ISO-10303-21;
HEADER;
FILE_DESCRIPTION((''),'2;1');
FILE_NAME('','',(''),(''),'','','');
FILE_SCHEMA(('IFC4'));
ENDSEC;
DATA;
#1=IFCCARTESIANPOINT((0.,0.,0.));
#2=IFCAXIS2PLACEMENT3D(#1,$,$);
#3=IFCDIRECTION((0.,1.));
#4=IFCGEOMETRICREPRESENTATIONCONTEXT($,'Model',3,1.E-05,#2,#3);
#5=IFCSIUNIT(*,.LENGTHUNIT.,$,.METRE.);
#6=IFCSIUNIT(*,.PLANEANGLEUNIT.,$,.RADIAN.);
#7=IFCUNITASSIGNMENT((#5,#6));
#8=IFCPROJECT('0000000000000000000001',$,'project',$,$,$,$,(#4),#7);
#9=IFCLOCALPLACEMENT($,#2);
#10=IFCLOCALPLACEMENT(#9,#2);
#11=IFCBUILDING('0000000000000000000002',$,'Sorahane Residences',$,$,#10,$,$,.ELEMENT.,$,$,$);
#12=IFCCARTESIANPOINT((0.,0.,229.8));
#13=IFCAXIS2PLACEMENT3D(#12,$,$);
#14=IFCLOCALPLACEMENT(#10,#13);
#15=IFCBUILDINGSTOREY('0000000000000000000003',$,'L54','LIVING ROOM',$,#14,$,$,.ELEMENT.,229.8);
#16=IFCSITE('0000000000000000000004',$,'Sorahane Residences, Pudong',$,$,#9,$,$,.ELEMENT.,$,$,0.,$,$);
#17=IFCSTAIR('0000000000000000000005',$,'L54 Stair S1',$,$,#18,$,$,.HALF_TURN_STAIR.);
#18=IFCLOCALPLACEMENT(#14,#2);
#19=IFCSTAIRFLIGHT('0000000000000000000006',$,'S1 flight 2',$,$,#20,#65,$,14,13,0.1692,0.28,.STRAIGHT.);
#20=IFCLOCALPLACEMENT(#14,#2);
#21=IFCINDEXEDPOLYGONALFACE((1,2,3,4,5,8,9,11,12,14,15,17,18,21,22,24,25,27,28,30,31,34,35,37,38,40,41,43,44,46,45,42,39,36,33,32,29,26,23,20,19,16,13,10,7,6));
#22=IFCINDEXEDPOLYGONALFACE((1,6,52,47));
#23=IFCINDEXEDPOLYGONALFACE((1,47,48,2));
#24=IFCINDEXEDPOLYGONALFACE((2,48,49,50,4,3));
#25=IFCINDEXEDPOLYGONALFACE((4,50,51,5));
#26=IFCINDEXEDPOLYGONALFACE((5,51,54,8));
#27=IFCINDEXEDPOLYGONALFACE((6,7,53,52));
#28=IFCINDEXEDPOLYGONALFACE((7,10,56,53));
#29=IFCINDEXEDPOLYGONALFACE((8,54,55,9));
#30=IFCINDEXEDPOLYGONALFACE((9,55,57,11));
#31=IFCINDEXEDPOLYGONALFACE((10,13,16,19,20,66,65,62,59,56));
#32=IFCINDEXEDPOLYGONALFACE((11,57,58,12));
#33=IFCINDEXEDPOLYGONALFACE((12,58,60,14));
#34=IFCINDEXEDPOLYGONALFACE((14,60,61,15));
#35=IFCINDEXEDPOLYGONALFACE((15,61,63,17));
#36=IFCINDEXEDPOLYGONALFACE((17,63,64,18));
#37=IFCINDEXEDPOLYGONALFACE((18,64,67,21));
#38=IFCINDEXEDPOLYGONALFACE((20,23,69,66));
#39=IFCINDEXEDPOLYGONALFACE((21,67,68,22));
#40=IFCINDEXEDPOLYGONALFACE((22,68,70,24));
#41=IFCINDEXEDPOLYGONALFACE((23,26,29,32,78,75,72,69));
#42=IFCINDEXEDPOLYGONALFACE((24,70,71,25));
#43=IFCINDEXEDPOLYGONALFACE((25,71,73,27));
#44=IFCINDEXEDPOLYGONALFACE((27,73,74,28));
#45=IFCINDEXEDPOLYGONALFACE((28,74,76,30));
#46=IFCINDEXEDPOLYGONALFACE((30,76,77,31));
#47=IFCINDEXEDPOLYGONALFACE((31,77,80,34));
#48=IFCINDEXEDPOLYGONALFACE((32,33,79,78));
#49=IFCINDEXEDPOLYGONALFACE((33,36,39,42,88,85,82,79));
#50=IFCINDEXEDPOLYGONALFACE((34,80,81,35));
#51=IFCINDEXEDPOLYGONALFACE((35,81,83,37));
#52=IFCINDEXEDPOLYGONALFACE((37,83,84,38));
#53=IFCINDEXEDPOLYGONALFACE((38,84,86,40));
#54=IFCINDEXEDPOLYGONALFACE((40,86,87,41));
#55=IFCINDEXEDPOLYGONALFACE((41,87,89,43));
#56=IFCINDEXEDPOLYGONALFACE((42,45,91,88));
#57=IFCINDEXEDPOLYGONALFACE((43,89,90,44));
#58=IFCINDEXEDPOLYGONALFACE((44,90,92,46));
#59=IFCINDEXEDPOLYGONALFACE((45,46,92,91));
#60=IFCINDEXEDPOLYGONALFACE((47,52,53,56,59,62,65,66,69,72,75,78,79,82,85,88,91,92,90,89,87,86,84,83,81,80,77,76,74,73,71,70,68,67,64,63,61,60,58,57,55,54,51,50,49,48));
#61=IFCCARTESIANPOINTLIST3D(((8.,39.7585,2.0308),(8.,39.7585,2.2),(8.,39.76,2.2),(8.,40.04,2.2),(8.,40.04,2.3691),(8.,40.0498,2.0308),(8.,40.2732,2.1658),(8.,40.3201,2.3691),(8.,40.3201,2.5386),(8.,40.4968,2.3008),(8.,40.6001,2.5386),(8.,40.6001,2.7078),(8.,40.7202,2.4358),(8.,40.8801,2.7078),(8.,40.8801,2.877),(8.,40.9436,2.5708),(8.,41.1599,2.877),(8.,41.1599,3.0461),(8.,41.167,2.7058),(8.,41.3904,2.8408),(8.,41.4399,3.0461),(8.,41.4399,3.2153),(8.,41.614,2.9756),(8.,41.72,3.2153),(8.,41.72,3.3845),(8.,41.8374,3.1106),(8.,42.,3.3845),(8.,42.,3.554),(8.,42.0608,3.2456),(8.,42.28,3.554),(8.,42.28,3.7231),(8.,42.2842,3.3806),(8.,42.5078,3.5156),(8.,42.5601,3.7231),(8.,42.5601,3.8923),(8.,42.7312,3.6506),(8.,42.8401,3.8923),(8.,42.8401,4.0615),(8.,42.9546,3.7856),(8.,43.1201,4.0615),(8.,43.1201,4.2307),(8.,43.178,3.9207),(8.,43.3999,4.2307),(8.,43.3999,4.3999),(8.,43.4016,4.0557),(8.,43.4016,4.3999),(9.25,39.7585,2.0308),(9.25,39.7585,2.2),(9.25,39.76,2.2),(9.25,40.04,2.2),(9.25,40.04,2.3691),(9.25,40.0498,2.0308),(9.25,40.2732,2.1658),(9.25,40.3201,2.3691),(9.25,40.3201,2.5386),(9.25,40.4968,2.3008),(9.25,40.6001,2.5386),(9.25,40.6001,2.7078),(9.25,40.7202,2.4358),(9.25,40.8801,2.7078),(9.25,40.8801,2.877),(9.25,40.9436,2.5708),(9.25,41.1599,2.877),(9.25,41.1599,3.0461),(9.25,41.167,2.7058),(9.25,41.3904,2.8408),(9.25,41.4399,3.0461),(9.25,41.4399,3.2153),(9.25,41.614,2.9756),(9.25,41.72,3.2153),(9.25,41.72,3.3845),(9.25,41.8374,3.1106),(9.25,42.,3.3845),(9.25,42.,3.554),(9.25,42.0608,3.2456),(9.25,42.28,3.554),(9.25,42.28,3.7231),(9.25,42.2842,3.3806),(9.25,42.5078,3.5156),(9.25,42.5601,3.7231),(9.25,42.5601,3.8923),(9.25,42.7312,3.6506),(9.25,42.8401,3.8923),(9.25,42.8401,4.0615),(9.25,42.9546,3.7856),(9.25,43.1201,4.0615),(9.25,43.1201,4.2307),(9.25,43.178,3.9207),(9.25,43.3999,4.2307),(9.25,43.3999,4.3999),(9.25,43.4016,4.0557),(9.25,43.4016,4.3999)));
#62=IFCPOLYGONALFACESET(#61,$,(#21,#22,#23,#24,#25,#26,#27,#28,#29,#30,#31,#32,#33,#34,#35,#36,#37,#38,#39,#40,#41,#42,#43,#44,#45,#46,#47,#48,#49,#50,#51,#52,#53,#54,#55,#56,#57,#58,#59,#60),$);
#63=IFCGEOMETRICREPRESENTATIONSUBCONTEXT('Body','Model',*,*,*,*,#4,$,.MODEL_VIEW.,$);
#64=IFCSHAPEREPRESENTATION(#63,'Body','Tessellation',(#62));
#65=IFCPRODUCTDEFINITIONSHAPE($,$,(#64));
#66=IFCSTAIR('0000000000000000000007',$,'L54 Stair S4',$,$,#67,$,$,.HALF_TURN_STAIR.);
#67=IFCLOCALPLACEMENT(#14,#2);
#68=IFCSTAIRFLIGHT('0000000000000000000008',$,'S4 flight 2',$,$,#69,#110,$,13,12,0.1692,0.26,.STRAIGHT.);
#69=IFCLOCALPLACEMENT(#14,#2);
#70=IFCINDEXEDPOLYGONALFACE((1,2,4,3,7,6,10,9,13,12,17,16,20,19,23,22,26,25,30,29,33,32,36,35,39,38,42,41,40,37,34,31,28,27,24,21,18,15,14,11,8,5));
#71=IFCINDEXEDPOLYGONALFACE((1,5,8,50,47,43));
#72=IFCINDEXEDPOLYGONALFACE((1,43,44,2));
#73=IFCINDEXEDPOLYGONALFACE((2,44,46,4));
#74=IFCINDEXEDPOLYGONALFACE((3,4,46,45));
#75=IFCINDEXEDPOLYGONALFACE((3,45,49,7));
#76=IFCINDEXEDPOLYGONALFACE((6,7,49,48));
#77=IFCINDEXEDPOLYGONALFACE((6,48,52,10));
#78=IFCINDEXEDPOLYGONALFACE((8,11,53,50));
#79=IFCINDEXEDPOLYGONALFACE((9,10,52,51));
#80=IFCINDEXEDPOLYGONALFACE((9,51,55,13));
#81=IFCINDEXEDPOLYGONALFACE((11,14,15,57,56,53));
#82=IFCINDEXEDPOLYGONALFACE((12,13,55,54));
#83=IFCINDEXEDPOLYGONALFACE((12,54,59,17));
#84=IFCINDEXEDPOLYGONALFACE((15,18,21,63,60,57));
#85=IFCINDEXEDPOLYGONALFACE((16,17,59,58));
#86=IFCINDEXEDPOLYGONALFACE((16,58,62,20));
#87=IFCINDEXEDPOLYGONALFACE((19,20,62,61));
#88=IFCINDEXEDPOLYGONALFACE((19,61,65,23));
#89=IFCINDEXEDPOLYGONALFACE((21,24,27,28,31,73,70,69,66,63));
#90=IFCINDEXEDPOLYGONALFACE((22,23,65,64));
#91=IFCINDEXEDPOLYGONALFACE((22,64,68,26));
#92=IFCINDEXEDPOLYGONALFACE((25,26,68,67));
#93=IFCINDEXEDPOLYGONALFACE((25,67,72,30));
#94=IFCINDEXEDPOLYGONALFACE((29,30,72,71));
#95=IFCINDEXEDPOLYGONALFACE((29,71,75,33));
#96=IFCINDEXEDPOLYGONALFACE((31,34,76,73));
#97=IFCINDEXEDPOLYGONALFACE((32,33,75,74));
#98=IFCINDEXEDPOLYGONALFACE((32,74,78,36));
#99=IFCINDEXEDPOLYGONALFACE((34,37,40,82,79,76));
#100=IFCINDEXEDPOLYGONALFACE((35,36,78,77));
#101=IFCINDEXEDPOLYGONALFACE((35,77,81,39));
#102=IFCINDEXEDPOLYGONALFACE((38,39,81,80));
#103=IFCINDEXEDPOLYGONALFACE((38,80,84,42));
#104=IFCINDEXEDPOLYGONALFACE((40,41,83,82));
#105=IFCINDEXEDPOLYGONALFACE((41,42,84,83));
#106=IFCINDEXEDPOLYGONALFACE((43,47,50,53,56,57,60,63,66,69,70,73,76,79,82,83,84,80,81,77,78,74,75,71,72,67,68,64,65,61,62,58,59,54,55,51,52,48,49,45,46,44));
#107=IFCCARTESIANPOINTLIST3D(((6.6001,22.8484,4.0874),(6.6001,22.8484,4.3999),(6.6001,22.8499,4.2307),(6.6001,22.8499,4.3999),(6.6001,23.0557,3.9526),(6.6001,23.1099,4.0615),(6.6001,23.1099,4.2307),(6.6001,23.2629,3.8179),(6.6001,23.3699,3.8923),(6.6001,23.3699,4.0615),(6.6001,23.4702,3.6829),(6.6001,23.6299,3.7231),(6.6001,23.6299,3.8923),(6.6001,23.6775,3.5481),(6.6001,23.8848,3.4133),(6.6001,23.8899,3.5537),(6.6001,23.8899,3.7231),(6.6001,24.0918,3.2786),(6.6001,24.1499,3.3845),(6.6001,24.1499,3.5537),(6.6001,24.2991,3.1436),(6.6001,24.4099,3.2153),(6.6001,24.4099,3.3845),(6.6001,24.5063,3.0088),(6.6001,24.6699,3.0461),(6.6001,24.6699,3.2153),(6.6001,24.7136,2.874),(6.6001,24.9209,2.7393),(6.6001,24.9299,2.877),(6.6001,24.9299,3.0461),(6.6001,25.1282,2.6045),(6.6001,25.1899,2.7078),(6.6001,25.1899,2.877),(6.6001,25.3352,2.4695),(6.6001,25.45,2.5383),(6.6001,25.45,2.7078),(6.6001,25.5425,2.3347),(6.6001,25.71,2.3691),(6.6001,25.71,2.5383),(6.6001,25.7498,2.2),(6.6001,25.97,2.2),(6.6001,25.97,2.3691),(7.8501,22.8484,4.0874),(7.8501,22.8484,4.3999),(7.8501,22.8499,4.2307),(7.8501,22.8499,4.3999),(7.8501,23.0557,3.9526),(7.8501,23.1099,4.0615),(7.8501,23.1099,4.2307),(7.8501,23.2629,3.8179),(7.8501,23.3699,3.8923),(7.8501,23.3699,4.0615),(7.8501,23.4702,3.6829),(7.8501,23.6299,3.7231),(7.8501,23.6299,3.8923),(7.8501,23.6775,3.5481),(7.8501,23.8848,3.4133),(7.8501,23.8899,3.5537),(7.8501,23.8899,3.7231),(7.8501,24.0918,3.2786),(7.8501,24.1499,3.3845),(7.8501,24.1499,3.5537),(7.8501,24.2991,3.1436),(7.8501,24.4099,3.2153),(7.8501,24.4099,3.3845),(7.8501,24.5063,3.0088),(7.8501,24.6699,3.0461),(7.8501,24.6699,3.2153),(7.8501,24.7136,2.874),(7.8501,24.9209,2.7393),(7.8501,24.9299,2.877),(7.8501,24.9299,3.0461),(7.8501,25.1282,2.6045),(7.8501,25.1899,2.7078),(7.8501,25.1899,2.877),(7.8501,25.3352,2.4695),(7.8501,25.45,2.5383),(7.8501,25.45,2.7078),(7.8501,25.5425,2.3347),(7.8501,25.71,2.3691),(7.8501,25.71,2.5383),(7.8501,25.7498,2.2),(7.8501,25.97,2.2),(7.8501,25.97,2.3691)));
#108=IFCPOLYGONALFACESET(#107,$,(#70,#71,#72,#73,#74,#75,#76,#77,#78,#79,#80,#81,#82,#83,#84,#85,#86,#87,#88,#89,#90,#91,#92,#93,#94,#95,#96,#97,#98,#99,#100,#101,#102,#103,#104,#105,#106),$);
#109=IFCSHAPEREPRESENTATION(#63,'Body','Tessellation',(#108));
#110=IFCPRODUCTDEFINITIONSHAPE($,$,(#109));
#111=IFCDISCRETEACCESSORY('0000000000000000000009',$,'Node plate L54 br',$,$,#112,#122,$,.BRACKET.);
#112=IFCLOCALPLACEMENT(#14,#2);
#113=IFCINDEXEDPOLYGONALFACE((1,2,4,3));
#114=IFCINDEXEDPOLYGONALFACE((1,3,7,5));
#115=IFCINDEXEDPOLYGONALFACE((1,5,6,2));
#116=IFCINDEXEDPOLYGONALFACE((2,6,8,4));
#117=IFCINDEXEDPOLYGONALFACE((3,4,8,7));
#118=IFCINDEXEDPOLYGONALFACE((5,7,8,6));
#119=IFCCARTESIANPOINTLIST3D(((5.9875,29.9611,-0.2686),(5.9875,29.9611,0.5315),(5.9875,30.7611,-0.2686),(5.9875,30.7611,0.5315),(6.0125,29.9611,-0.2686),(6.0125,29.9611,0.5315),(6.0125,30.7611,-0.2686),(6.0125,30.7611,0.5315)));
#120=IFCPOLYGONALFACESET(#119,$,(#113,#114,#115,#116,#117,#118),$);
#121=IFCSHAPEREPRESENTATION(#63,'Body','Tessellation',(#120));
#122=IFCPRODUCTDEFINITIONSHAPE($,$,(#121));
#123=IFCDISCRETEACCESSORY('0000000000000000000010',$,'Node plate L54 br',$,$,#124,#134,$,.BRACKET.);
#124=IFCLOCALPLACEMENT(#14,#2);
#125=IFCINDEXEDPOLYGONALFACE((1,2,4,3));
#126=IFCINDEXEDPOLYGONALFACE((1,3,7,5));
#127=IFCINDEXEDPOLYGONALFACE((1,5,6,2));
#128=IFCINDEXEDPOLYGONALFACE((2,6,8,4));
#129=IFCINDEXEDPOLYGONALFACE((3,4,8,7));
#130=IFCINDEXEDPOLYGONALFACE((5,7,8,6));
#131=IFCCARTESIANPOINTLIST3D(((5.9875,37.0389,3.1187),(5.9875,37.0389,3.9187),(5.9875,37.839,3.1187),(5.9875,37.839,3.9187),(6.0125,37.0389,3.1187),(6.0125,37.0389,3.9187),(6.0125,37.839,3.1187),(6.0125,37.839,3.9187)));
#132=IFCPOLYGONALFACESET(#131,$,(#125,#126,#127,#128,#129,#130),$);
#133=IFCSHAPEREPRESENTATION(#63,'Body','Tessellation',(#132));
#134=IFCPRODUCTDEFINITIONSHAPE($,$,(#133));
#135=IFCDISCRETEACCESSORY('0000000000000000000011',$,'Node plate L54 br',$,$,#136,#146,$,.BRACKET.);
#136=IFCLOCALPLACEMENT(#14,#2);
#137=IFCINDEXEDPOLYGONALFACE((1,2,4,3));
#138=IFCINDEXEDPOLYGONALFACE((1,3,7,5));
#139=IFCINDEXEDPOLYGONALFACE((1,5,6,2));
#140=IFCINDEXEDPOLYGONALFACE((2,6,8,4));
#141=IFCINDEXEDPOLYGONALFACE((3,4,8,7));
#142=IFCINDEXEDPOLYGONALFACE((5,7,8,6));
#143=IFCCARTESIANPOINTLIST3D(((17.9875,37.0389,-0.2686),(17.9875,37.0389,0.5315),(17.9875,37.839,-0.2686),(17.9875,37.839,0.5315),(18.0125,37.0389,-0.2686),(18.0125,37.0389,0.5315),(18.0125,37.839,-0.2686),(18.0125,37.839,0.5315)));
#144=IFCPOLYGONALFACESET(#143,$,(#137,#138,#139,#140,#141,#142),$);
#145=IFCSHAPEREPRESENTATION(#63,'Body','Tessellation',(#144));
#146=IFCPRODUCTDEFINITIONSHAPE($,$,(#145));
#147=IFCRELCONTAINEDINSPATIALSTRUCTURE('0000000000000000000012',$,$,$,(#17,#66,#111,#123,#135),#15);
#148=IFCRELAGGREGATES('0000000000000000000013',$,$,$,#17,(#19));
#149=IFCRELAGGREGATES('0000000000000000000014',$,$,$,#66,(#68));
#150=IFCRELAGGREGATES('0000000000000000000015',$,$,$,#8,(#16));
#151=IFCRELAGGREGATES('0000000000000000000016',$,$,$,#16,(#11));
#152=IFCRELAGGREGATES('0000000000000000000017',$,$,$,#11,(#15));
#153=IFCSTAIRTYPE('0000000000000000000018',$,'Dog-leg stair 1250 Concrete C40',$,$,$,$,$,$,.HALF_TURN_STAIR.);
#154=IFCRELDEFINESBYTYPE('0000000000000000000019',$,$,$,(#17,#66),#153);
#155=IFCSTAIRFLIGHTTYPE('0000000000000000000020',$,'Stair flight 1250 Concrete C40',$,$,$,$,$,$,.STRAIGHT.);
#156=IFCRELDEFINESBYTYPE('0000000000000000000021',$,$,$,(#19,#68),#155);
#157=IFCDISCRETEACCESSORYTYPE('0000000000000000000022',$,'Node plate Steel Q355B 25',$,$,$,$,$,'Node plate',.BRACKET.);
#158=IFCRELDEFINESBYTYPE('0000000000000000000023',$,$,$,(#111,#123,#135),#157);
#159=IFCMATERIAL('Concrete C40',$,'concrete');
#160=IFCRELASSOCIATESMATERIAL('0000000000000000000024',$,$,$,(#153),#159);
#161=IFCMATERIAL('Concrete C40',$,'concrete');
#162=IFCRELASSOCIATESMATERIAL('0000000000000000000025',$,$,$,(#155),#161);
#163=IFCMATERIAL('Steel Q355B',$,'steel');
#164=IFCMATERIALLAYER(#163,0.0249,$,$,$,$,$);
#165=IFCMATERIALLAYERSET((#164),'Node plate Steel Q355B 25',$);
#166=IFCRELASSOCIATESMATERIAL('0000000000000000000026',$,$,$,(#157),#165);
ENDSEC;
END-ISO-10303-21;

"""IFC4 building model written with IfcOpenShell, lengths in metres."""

from ifc_helpers import new_model, si_unit, direction, frame, origin, origin_2d, place, context, subcontext, project, spatial, polyline, rectangle, outline, extrude, material, layer, layer_set, type_object, element, aggregate, save


model = new_model("IFC4")

# Units and contexts
model_context = context("Model", 3, precision=1e-05, world=origin(), true_north=direction((0.0, 1.0)))
body_context = subcontext(model_context, "Body", "Model", "MODEL_VIEW")
ifc_project = project(units=[si_unit("LENGTHUNIT", "METRE"), si_unit("PLANEANGLEUNIT", "RADIAN")], contexts=[model_context])

# Site, building, storey
site_placement = place(None, origin())
site = spatial("IfcSite", under=ifc_project, at=site_placement, Name="Sorahane Residences, Pudong", CompositionType="ELEMENT", RefElevation=0.0)
building_placement = place(site_placement, origin())
building = spatial("IfcBuilding", under=site, at=building_placement, Name="Sorahane Residences", CompositionType="ELEMENT")
storey_placement = place(building_placement, frame((0.0, 0.0, 229.8)))
storey = spatial("IfcBuildingStorey", under=building, at=storey_placement, Name="L54", Description="LIVING ROOM", CompositionType="ELEMENT", Elevation=229.8)

# Stairs, stair flights
ifc_material_1 = material(Name="Concrete C40", Category="concrete")
stair_type = type_object("IfcStairType", Name="Dog-leg stair 1250 Concrete C40", PredefinedType="HALF_TURN_STAIR", material=ifc_material_1)
stair_1_placement = place(storey_placement, origin())
stair_1 = element("IfcStair", 1, at=stair_1_placement, inside=storey, type_object=stair_type, Name="L54 Stair S1", PredefinedType="HALF_TURN_STAIR")
ifc_material_2 = material(Name="Concrete C40", Category="concrete")
stair_flight_type = type_object("IfcStairFlightType", Name="Stair flight 1250 Concrete C40", PredefinedType="STRAIGHT", material=ifc_material_2)
stair_flight_1_placement = place(storey_placement, frame((8.625, 39.76, 2.0308), z_axis=(0.0, 0.0, 1.0), x_axis=(0.0, 1.0, 0.0)))
stair_flight_1 = element("IfcStairFlight", 2, at=stair_flight_1_placement, type_object=stair_flight_type, Name="S1 flight 2", NumberOfRisers=14, NumberOfTreads=13, PredefinedType="STRAIGHT", RiserHeight=0.1692, TreadLength=0.28, context=body_context, shape_type="SweptSolid", body=[
    extrude(outline(polyline([(-0.0015, 0.0), (-0.0015, 0.1692), (0.0, 0.1692), (0.28, 0.1692), (0.28, 0.3384), (0.5601, 0.3384), (0.5601, 0.5078), (0.8401, 0.5078), (0.8401, 0.677), (1.1201, 0.677), (1.1201, 0.8462), (1.3999, 0.8462), (1.3999, 1.0154), (1.6799, 1.0154), (1.6799, 1.1846), (1.96, 1.1846), (1.96, 1.3538), (2.24, 1.3538), (2.24, 1.5232), (2.52, 1.5232), (2.52, 1.6924), (2.8, 1.6924), (2.8, 1.8616), (3.0801, 1.8616), (3.0801, 2.0308), (3.3601, 2.0308), (3.3601, 2.2), (3.6399, 2.2), (3.6399, 2.3691), (3.6416, 2.3691), (3.6416, 2.0249), (3.418, 1.8899), (3.1946, 1.7549), (2.9712, 1.6199), (2.7478, 1.4849), (2.5242, 1.3499), (2.3008, 1.2148), (2.0774, 1.0798), (1.854, 0.9448), (1.6304, 0.8101), (1.407, 0.675), (1.1836, 0.54), (0.9602, 0.405), (0.7368, 0.27), (0.5132, 0.135), (0.2898, 0.0), (-0.0015, 0.0)])), frame((0.0, 0.625, 0.0), z_axis=(0.0, -1.0, 0.0), x_axis=(1.0, 0.0, 0.0)), (0.0, 0.0, 1.0), 1.25),
])
aggregate(stair_1, [stair_flight_1])
stair_2_placement = place(storey_placement, origin())
stair_2 = element("IfcStair", 3, at=stair_2_placement, inside=storey, type_object=stair_type, Name="L54 Stair S4", PredefinedType="HALF_TURN_STAIR")
stair_flight_2_placement = place(storey_placement, frame((7.2251, 25.97, 2.2), z_axis=(0.0, 0.0, 1.0), x_axis=(0.0, -1.0, 0.0)))
stair_flight_2 = element("IfcStairFlight", 4, at=stair_flight_2_placement, type_object=stair_flight_type, Name="S4 flight 2", NumberOfRisers=13, NumberOfTreads=12, PredefinedType="STRAIGHT", RiserHeight=0.1692, TreadLength=0.26, context=body_context, shape_type="SweptSolid", body=[
    extrude(outline(polyline([(0.0, 0.0), (0.0, 0.1692), (0.26, 0.1692), (0.26, 0.3384), (0.52, 0.3384), (0.52, 0.5078), (0.78, 0.5078), (0.78, 0.677), (1.04, 0.677), (1.04, 0.8462), (1.3, 0.8462), (1.3, 1.0154), (1.5601, 1.0154), (1.5601, 1.1846), (1.8201, 1.1846), (1.8201, 1.3538), (2.0801, 1.3538), (2.0801, 1.5232), (2.3401, 1.5232), (2.3401, 1.6924), (2.6001, 1.6924), (2.6001, 1.8616), (2.8601, 1.8616), (2.8601, 2.0308), (3.1201, 2.0308), (3.1201, 2.2), (3.1216, 2.2), (3.1216, 1.8875), (2.9143, 1.7527), (2.707, 1.6179), (2.4998, 1.4829), (2.2925, 1.3481), (2.0852, 1.2134), (1.8782, 1.0786), (1.6709, 0.9436), (1.4636, 0.8088), (1.2563, 0.6741), (1.0491, 0.5393), (0.8418, 0.4045), (0.6348, 0.2695), (0.4275, 0.1348), (0.2202, 0.0), (0.0, 0.0)])), frame((0.0, 0.625, 0.0), z_axis=(0.0, -1.0, 0.0), x_axis=(1.0, 0.0, 0.0)), (0.0, 0.0, 1.0), 1.25),
])
aggregate(stair_2, [stair_flight_2])

# Discrete accessories
ifc_material_3 = material(Name="Steel Q355B", Category="steel")
ifc_layer_1 = layer(ifc_material_3, 0.0249)
ifc_layer_set_1 = layer_set([ifc_layer_1], Name="Node plate Steel Q355B 25")
discrete_accessory_type = type_object("IfcDiscreteAccessoryType", Name="Node plate Steel Q355B 25", ElementType="Node plate", PredefinedType="BRACKET", material=ifc_layer_set_1)
for number, where, z_axis, x_axis, name in (
    (5, (6.0, 30.3611, -0.2686), (0.0, 0.0, 1.0), (0.0, 1.0, 0.0), "Node plate L54 br"),
    (6, (6.0, 37.439, 3.1187), (0.0, 0.0, 1.0), (0.0, 1.0, 0.0), "Node plate L54 br"),
    (7, (18.0, 37.439, -0.2686), (0.0, 0.0, 1.0), (0.0, 1.0, 0.0), "Node plate L54 br"),
):
    element("IfcDiscreteAccessory", number, at=place(storey_placement, frame(where, z_axis=z_axis, x_axis=x_axis)), inside=storey, type_object=discrete_accessory_type, Name=name, PredefinedType="BRACKET", context=body_context, shape_type="SweptSolid", body=[
        extrude(rectangle(XDim=0.8, YDim=0.0249, at=origin_2d()), origin(), (0.0, 0.0, 1.0), 0.8),
    ])

save(model, "model.ifc")
